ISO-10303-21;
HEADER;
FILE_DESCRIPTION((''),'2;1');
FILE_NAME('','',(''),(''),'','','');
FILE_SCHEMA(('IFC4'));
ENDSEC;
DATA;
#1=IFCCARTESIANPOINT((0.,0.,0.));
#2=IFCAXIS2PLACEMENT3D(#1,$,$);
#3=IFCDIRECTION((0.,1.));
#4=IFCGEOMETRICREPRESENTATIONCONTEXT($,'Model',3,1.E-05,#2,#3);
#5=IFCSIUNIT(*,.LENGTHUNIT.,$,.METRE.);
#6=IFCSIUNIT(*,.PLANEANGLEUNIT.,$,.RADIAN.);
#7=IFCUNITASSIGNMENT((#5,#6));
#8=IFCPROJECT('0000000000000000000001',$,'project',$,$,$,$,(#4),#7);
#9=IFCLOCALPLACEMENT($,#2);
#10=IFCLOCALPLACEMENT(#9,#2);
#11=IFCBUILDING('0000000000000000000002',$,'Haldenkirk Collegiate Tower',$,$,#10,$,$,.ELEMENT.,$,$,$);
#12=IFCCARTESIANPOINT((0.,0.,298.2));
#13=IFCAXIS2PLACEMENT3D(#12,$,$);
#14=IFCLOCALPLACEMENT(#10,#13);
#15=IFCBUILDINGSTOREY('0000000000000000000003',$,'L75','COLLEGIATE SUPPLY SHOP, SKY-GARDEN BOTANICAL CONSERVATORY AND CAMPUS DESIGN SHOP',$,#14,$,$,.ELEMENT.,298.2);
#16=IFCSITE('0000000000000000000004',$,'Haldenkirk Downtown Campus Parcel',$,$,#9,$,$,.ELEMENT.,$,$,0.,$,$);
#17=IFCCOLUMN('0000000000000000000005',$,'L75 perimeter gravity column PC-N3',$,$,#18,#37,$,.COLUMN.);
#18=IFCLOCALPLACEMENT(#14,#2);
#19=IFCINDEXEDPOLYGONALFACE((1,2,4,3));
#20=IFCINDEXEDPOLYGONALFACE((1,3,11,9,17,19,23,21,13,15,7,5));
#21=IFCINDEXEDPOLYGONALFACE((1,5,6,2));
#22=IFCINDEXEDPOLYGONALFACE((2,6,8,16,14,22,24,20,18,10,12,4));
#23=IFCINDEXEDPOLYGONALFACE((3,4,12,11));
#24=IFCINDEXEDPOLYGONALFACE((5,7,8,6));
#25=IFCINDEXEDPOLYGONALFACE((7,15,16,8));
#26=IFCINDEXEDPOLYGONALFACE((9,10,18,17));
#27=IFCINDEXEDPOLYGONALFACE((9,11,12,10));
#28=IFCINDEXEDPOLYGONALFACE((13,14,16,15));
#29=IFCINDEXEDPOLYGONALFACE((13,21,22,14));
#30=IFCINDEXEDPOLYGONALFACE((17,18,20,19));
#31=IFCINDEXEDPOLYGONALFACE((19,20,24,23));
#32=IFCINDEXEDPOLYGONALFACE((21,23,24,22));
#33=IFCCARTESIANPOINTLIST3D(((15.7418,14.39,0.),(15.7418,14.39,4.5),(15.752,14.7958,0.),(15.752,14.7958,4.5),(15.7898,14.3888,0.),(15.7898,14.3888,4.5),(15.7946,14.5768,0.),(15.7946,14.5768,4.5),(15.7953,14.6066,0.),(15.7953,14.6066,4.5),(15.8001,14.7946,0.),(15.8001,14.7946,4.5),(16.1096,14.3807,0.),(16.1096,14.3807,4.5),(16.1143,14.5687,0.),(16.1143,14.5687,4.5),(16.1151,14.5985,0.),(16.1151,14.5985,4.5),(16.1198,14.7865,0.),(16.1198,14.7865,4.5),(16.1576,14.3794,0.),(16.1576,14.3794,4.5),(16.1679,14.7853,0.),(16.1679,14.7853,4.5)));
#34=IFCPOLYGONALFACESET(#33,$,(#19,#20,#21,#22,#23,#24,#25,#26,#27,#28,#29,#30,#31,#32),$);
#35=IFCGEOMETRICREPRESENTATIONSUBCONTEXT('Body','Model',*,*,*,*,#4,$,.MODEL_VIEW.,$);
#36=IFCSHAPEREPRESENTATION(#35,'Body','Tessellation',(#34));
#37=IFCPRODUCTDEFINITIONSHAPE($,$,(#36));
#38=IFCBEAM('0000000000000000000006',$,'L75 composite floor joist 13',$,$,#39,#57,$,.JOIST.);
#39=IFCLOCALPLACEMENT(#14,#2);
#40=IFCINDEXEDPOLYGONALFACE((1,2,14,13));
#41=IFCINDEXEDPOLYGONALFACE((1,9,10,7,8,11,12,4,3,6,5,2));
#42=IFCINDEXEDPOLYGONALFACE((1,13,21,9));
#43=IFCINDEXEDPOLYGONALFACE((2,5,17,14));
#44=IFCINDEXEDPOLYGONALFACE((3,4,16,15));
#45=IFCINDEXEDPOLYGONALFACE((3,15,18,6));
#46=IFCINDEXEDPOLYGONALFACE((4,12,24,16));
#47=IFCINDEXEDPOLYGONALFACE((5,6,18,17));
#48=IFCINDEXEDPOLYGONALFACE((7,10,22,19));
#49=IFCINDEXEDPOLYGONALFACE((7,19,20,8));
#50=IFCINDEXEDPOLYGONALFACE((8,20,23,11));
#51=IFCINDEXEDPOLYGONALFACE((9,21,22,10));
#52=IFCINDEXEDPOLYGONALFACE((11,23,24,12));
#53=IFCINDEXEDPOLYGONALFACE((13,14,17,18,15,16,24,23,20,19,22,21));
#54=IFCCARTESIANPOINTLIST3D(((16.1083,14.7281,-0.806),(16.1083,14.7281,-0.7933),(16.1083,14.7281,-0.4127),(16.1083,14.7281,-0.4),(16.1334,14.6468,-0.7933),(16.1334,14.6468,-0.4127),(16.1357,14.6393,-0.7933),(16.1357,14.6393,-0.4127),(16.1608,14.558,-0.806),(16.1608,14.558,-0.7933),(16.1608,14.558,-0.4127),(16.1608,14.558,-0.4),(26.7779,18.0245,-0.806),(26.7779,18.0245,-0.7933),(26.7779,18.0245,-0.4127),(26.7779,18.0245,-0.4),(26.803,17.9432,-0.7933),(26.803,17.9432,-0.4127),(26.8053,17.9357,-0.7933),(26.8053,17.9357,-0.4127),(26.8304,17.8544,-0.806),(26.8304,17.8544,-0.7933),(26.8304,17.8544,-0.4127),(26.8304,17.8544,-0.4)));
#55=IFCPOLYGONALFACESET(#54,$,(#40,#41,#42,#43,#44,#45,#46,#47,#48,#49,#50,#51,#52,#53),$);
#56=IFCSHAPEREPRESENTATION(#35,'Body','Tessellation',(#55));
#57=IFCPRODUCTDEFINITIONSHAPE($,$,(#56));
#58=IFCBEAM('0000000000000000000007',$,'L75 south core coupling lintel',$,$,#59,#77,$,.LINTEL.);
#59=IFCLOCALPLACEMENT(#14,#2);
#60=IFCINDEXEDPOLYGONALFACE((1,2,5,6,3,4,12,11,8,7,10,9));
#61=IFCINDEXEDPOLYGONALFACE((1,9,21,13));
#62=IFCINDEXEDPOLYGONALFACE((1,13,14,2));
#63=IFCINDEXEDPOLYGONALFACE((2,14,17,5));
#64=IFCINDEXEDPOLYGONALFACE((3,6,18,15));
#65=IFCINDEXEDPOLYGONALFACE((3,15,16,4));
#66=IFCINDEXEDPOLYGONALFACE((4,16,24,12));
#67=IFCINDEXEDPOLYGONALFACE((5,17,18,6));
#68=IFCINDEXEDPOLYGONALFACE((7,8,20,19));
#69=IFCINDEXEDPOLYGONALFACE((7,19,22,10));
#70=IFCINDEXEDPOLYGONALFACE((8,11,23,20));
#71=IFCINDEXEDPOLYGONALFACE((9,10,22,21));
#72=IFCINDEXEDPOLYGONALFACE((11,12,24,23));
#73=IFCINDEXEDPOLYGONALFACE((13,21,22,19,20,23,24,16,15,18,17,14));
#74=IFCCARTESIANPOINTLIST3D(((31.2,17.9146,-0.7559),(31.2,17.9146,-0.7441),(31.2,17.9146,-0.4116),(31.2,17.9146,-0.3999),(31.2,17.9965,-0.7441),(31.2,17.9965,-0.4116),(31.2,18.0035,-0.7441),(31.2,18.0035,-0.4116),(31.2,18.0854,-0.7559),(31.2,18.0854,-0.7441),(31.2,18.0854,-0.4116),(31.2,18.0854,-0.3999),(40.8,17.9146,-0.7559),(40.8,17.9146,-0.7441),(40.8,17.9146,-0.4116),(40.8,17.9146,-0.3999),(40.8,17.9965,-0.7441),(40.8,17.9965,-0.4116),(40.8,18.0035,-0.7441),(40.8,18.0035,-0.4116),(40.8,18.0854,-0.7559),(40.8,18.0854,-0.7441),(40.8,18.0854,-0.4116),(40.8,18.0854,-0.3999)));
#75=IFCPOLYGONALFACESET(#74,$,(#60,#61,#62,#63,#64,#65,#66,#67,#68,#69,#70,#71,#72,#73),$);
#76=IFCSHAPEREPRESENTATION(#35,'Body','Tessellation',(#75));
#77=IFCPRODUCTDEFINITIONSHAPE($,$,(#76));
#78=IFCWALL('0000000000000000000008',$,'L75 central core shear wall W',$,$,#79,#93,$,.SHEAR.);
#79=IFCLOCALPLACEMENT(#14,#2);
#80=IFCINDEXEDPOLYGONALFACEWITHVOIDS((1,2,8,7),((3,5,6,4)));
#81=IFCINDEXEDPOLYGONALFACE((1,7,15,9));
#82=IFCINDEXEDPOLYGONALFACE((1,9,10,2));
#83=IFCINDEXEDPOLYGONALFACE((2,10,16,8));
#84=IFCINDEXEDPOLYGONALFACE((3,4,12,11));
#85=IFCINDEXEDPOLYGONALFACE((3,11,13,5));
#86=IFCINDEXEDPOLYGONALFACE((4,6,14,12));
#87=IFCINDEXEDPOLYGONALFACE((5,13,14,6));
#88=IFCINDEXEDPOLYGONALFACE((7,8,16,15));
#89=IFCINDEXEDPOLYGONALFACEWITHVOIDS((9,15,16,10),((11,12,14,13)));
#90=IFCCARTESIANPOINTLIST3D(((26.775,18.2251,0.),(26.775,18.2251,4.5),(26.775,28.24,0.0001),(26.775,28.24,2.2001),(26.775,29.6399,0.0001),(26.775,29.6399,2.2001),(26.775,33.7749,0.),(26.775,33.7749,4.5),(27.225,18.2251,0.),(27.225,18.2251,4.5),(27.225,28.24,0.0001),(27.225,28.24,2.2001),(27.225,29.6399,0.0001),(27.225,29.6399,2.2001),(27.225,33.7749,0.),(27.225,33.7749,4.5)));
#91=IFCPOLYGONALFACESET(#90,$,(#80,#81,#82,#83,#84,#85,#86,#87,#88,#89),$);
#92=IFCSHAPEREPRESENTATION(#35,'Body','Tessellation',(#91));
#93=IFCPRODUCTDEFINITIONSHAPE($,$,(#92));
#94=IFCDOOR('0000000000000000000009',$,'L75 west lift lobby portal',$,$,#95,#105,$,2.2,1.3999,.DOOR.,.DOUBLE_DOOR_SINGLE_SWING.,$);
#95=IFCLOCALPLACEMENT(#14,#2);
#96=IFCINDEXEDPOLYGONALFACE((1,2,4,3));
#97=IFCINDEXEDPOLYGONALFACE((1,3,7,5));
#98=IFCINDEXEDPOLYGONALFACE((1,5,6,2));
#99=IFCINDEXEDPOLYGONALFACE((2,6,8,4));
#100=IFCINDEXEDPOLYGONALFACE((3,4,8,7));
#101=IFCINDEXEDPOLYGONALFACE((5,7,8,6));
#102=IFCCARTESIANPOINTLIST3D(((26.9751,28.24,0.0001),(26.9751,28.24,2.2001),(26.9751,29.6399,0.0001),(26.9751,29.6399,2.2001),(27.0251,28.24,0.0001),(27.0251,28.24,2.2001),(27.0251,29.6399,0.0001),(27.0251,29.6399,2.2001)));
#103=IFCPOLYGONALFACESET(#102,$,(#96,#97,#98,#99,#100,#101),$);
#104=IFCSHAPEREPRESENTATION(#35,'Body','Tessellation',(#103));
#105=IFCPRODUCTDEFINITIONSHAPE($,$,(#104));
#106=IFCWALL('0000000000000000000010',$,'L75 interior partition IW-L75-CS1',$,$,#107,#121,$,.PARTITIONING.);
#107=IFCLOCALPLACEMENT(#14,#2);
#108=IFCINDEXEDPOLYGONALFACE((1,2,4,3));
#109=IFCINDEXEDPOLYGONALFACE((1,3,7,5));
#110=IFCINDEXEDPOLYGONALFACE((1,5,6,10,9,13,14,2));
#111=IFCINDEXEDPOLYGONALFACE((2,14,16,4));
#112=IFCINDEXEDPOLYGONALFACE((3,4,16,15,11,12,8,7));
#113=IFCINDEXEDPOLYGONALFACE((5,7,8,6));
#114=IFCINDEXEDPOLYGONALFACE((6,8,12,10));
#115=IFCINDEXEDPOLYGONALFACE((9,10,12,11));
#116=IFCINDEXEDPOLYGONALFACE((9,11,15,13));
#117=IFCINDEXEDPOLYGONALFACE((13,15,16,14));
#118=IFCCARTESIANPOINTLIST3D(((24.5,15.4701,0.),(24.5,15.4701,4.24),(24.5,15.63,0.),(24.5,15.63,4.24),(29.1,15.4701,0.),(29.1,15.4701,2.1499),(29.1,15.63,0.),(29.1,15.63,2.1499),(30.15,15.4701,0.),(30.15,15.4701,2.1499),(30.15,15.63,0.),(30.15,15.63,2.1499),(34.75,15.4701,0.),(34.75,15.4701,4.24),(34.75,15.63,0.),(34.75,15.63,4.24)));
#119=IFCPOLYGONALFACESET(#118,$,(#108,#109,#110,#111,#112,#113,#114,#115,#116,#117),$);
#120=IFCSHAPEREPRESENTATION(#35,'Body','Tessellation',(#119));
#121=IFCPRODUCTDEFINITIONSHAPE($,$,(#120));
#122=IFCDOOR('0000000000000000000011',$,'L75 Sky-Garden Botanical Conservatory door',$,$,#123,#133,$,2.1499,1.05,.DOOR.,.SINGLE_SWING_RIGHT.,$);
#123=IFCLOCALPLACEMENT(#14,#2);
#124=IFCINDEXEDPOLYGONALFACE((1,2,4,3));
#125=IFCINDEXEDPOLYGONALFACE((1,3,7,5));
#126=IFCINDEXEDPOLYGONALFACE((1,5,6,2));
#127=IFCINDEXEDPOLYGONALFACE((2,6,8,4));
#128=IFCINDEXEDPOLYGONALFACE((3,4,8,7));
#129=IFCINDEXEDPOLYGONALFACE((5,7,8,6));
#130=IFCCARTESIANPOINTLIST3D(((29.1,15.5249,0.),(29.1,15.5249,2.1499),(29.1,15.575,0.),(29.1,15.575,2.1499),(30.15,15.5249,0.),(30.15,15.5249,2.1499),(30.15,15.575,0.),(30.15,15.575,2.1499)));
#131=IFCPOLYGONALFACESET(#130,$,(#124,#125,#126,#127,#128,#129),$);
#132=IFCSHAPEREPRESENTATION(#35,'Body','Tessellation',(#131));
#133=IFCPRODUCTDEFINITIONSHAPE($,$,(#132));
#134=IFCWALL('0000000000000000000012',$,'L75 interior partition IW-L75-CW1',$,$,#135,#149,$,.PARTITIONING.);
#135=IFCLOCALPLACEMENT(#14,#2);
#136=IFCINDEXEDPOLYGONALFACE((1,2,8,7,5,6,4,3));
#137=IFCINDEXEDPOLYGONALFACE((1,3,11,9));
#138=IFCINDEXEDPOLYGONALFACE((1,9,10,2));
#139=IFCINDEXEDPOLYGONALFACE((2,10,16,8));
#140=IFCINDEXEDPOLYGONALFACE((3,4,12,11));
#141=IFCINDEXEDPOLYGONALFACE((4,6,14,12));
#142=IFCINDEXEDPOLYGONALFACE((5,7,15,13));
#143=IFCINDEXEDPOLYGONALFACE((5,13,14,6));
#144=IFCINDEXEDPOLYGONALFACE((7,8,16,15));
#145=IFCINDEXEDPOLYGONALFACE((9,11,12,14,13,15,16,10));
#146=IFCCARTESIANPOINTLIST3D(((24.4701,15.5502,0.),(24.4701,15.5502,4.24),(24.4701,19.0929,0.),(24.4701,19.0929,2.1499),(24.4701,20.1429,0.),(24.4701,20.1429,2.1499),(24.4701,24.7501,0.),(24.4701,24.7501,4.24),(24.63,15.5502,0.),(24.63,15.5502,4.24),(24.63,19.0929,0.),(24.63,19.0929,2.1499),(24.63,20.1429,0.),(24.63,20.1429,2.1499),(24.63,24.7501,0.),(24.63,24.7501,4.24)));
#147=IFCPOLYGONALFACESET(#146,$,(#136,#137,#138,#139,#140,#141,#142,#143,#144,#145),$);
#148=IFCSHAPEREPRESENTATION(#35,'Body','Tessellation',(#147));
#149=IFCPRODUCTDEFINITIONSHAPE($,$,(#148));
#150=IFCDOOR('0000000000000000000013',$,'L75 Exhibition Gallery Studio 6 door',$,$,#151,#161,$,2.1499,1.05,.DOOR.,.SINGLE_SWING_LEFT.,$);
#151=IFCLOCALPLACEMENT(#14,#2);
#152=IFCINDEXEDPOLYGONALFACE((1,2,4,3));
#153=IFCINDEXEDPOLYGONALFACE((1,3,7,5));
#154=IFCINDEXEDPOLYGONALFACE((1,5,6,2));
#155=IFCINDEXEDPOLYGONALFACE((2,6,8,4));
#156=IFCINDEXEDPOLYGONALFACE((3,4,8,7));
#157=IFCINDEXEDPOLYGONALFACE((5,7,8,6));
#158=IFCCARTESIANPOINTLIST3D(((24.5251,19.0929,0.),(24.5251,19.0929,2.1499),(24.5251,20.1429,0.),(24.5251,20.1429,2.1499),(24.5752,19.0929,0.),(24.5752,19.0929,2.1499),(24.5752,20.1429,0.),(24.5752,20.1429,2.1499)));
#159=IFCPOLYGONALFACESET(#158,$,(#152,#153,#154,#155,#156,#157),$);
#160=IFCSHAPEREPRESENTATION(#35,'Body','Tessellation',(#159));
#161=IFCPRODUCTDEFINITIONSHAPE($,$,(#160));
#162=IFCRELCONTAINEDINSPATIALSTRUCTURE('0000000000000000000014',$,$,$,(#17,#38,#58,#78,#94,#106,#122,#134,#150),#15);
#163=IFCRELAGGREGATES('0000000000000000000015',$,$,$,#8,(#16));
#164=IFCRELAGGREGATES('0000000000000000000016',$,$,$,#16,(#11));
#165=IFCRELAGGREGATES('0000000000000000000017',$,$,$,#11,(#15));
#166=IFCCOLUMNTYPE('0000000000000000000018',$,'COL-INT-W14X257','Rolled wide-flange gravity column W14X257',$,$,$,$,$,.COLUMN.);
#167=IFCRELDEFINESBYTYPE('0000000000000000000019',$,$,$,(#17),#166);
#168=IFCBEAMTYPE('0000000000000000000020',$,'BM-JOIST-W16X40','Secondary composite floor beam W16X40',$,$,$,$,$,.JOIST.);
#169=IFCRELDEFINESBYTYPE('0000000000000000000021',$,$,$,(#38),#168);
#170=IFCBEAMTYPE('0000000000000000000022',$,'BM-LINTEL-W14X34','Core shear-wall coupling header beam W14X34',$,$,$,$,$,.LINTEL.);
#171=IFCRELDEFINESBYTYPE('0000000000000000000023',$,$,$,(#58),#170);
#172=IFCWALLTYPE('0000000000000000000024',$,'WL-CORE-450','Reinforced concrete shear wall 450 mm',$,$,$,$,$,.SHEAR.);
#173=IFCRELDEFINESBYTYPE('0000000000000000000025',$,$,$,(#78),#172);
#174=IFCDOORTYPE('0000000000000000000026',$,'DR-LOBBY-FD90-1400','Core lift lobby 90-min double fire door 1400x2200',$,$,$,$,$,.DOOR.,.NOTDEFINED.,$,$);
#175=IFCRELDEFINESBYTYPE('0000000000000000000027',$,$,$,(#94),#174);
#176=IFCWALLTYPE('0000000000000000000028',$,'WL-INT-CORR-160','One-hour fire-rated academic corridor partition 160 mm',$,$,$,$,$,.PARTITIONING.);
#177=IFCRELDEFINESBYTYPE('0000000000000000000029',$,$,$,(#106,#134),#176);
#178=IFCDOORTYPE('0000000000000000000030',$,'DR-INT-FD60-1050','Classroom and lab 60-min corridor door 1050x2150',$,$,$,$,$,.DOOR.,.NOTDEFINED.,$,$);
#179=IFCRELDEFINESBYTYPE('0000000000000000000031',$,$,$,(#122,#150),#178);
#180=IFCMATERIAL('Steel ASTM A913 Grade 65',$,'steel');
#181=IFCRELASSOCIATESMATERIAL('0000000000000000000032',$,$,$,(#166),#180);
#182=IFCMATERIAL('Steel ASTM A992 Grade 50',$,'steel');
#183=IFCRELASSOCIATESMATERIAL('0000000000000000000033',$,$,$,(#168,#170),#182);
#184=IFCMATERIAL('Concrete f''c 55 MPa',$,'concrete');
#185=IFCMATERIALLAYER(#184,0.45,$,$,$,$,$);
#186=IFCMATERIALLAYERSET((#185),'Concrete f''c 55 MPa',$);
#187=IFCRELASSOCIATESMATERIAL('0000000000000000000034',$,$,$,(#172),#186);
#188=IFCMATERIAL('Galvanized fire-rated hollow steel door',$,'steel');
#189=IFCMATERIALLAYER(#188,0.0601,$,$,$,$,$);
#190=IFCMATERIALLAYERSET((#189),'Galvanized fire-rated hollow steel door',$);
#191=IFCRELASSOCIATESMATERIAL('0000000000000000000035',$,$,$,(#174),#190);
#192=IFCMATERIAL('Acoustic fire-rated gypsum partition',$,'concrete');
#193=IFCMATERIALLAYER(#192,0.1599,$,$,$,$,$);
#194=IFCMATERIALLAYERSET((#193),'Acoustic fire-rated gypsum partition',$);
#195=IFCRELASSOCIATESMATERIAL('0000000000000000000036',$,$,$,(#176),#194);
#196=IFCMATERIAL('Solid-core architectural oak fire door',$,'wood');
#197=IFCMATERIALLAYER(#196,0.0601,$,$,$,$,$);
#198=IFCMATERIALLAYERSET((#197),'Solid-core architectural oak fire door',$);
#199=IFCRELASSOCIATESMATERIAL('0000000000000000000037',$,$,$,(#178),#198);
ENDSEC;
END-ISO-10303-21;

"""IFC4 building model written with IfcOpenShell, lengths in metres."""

from ifc_helpers import new_model, si_unit, direction, frame, frame_2d, origin, origin_2d, place, context, subcontext, project, spatial, rectangle, i_section, extrude, material, layer, layer_set, material_profile, profile_set, type_object, element, fill, save


model = new_model("IFC4")

# Units and contexts
model_context = context("Model", 3, precision=1e-05, world=origin(), true_north=direction((0.0, 1.0)))
body_context = subcontext(model_context, "Body", "Model", "MODEL_VIEW")
ifc_project = project(units=[si_unit("LENGTHUNIT", "METRE"), si_unit("PLANEANGLEUNIT", "RADIAN")], contexts=[model_context])

# Site, building, storey
site_placement = place(None, origin())
site = spatial("IfcSite", under=ifc_project, at=site_placement, Name="Haldenkirk Downtown Campus Parcel", CompositionType="ELEMENT", RefElevation=0.0)
building_placement = place(site_placement, origin())
building = spatial("IfcBuilding", under=site, at=building_placement, Name="Haldenkirk Collegiate Tower", CompositionType="ELEMENT")
storey_placement = place(building_placement, frame((0.0, 0.0, 298.2)))
storey = spatial("IfcBuildingStorey", under=building, at=storey_placement, Name="L75", Description="COLLEGIATE SUPPLY SHOP, SKY-GARDEN BOTANICAL CONSERVATORY AND CAMPUS DESIGN SHOP", CompositionType="ELEMENT", Elevation=298.2)

# Column
ifc_material_1 = material(Name="Steel ASTM A913 Grade 65", Category="steel")
ifc_material_profile_1 = material_profile(ifc_material_1, i_section(OverallWidth=0.406, OverallDepth=0.416, WebThickness=0.0298, FlangeThickness=0.0481, at=origin_2d()), Name="W14X257")
ifc_profile_set_1 = profile_set([ifc_material_profile_1], Name="Steel ASTM A913 Grade 65")
column_type = type_object("IfcColumnType", Name="COL-INT-W14X257", Description="Rolled wide-flange gravity column W14X257", PredefinedType="COLUMN", material=ifc_profile_set_1)
column_placement = place(storey_placement, frame((15.9548, 14.5876, 0.0), z_axis=(0.0, 0.0, 1.0), x_axis=(0.025305, 0.99968, 0.0)))
element("IfcColumn", 1, at=column_placement, inside=storey, type_object=column_type, Name="L75 perimeter gravity column PC-N3", PredefinedType="COLUMN", context=body_context, shape_type="SweptSolid", body=[
    extrude(i_section(OverallWidth=0.406, OverallDepth=0.416, WebThickness=0.0298, FlangeThickness=0.0481, at=origin_2d()), origin(), (0.0, 0.0, 1.0), 4.5),
])

# Beams
ifc_material_2 = material(Name="Steel ASTM A992 Grade 50", Category="steel")
ifc_material_profile_2 = material_profile(ifc_material_2, i_section(OverallWidth=0.178, OverallDepth=0.406, WebThickness=0.0078, FlangeThickness=0.0127, at=origin_2d()), Name="W16X40")
ifc_profile_set_2 = profile_set([ifc_material_profile_2], Name="Steel ASTM A992 Grade 50")
beam_type_1 = type_object("IfcBeamType", Name="BM-JOIST-W16X40", Description="Secondary composite floor beam W16X40", PredefinedType="JOIST", material=ifc_profile_set_2)
beam_1_placement = place(storey_placement, frame((16.1345, 14.6431, -0.603), z_axis=(0.955441, 0.295183, 0.0), x_axis=(-0.295183, 0.955441, 0.0)))
element("IfcBeam", 2, at=beam_1_placement, inside=storey, type_object=beam_type_1, Name="L75 composite floor joist 13", PredefinedType="JOIST", context=body_context, shape_type="SweptSolid", body=[
    extrude(i_section(OverallWidth=0.178, OverallDepth=0.406, WebThickness=0.0078, FlangeThickness=0.0127, at=origin_2d()), origin(), (0.0, 0.0, 1.0), 11.1672),
])
ifc_material_profile_3 = material_profile(ifc_material_2, i_section(OverallWidth=0.1709, OverallDepth=0.356, WebThickness=0.0071, FlangeThickness=0.0117, at=origin_2d()), Name="W14X34")
ifc_profile_set_3 = profile_set([ifc_material_profile_3], Name="Steel ASTM A992 Grade 50")
beam_type_2 = type_object("IfcBeamType", Name="BM-LINTEL-W14X34", Description="Core shear-wall coupling header beam W14X34", PredefinedType="LINTEL", material=ifc_profile_set_3)
beam_2_placement = place(storey_placement, frame((31.2, 18.0, -0.5779), z_axis=(1.0, 0.0, 0.0), x_axis=(0.0, 1.0, 0.0)))
element("IfcBeam", 3, at=beam_2_placement, inside=storey, type_object=beam_type_2, Name="L75 south core coupling lintel", PredefinedType="LINTEL", context=body_context, shape_type="SweptSolid", body=[
    extrude(i_section(OverallWidth=0.1709, OverallDepth=0.356, WebThickness=0.0071, FlangeThickness=0.0117, at=origin_2d()), origin(), (0.0, 0.0, 1.0), 9.6001),
])

# Shared definitions
ifc_material_3 = material(Name="Concrete f'c 55 MPa", Category="concrete")
ifc_layer_1 = layer(ifc_material_3, 0.45)
ifc_layer_set_1 = layer_set([ifc_layer_1], Name="Concrete f'c 55 MPa")
wall_type_1 = type_object("IfcWallType", Name="WL-CORE-450", Description="Reinforced concrete shear wall 450 mm", PredefinedType="SHEAR", material=ifc_layer_set_1)
ifc_material_4 = material(Name="Galvanized fire-rated hollow steel door", Category="steel")

# Walls, openings, doors
wall_1_placement = place(storey_placement, frame((27.0, 18.2251, 0.0), z_axis=(0.0, 0.0, 1.0), x_axis=(0.0, 1.0, 0.0)))
wall_1 = element("IfcWall", 4, at=wall_1_placement, inside=storey, type_object=wall_type_1, Name="L75 central core shear wall W", PredefinedType="SHEAR", context=body_context, shape_type="SweptSolid", body=[
    extrude(rectangle(XDim=15.5498, YDim=0.45, at=frame_2d((7.7749, 0.0))), origin(), (0.0, 0.0, 1.0), 4.5),
])
opening_1_placement = place(wall_1_placement, frame((10.0149, 0.0, 0.0)))
opening_1 = element("IfcOpeningElement", 5, at=opening_1_placement, cuts=wall_1, PredefinedType="OPENING", context=body_context, shape_type="SweptSolid", body=[
    extrude(rectangle(XDim=1.3999, YDim=2.2, at=frame_2d((0.7, 1.1001))), frame((0.0, 0.2349, 0.0), z_axis=(0.0, -1.0, 0.0), x_axis=(1.0, 0.0, 0.0)), (0.0, 0.0, 1.0), 0.47),
])
ifc_layer_2 = layer(ifc_material_4, 0.0601)
ifc_layer_set_2 = layer_set([ifc_layer_2], Name="Galvanized fire-rated hollow steel door")
door_type_1 = type_object("IfcDoorType", Name="DR-LOBBY-FD90-1400", Description="Core lift lobby 90-min double fire door 1400x2200", OperationType="NOTDEFINED", PredefinedType="DOOR", material=ifc_layer_set_2)
door_1_placement = place(opening_1_placement, origin())
door_1 = element("IfcDoor", 6, at=door_1_placement, inside=storey, type_object=door_type_1, Name="L75 west lift lobby portal", OperationType="DOUBLE_DOOR_SINGLE_SWING", OverallHeight=2.2, OverallWidth=1.3999, PredefinedType="DOOR", context=body_context, shape_type="SweptSolid", body=[
    extrude(rectangle(XDim=1.3999, YDim=2.2, at=frame_2d((0.7, 1.1001))), frame((0.0, 0.0249, 0.0), z_axis=(0.0, -1.0, 0.0), x_axis=(1.0, 0.0, 0.0)), (0.0, 0.0, 1.0), 0.05),
])
fill(opening_1, door_1)
ifc_material_5 = material(Name="Acoustic fire-rated gypsum partition", Category="concrete")
ifc_layer_3 = layer(ifc_material_5, 0.1599)
ifc_layer_set_3 = layer_set([ifc_layer_3], Name="Acoustic fire-rated gypsum partition")
wall_type_2 = type_object("IfcWallType", Name="WL-INT-CORR-160", Description="One-hour fire-rated academic corridor partition 160 mm", PredefinedType="PARTITIONING", material=ifc_layer_set_3)
wall_2_placement = place(storey_placement, frame((24.5, 15.55, 0.0), z_axis=(0.0, 0.0, 1.0), x_axis=(1.0, 0.0, 0.0)))
wall_2 = element("IfcWall", 7, at=wall_2_placement, inside=storey, type_object=wall_type_2, Name="L75 interior partition IW-L75-CS1", PredefinedType="PARTITIONING", context=body_context, shape_type="SweptSolid", body=[
    extrude(rectangle(XDim=10.25, YDim=0.1599, at=frame_2d((5.125, 0.0))), origin(), (0.0, 0.0, 1.0), 4.24),
])
opening_2_placement = place(wall_2_placement, frame((4.6001, 0.0, 0.0)))
opening_2 = element("IfcOpeningElement", 8, at=opening_2_placement, cuts=wall_2, PredefinedType="OPENING", context=body_context, shape_type="SweptSolid", body=[
    extrude(rectangle(XDim=1.05, YDim=2.1499, at=frame_2d((0.5249, 1.075))), frame((0.0, 0.0898, 0.0), z_axis=(0.0, -1.0, 0.0), x_axis=(1.0, 0.0, 0.0)), (0.0, 0.0, 1.0), 0.1799),
])
ifc_material_6 = material(Name="Solid-core architectural oak fire door", Category="wood")
ifc_layer_4 = layer(ifc_material_6, 0.0601)
ifc_layer_set_4 = layer_set([ifc_layer_4], Name="Solid-core architectural oak fire door")
door_type_2 = type_object("IfcDoorType", Name="DR-INT-FD60-1050", Description="Classroom and lab 60-min corridor door 1050x2150", OperationType="NOTDEFINED", PredefinedType="DOOR", material=ifc_layer_set_4)
door_2_placement = place(opening_2_placement, origin())
door_2 = element("IfcDoor", 9, at=door_2_placement, inside=storey, type_object=door_type_2, Name="L75 Sky-Garden Botanical Conservatory door", OperationType="SINGLE_SWING_RIGHT", OverallHeight=2.1499, OverallWidth=1.05, PredefinedType="DOOR", context=body_context, shape_type="SweptSolid", body=[
    extrude(rectangle(XDim=1.05, YDim=2.1499, at=frame_2d((0.5249, 1.075))), frame((0.0, 0.0249, 0.0), z_axis=(0.0, -1.0, 0.0), x_axis=(1.0, 0.0, 0.0)), (0.0, 0.0, 1.0), 0.05),
])
fill(opening_2, door_2)
wall_3_placement = place(storey_placement, frame((24.55, 15.55, 0.0), z_axis=(0.0, 0.0, 1.0), x_axis=(0.0, 1.0, 0.0)))
wall_3 = element("IfcWall", 10, at=wall_3_placement, inside=storey, type_object=wall_type_2, Name="L75 interior partition IW-L75-CW1", PredefinedType="PARTITIONING", context=body_context, shape_type="SweptSolid", body=[
    extrude(rectangle(XDim=9.2, YDim=0.1599, at=frame_2d((4.6001, 0.0))), origin(), (0.0, 0.0, 1.0), 4.24),
])
opening_3_placement = place(wall_3_placement, frame((3.543, 0.0, 0.0)))
opening_3 = element("IfcOpeningElement", 11, at=opening_3_placement, cuts=wall_3, PredefinedType="OPENING", context=body_context, shape_type="SweptSolid", body=[
    extrude(rectangle(XDim=1.05, YDim=2.1499, at=frame_2d((0.5249, 1.075))), frame((0.0, 0.0898, 0.0), z_axis=(0.0, -1.0, 0.0), x_axis=(1.0, 0.0, 0.0)), (0.0, 0.0, 1.0), 0.1799),
])
door_3_placement = place(opening_3_placement, origin())
door_3 = element("IfcDoor", 12, at=door_3_placement, inside=storey, type_object=door_type_2, Name="L75 Exhibition Gallery Studio 6 door", OperationType="SINGLE_SWING_LEFT", OverallHeight=2.1499, OverallWidth=1.05, PredefinedType="DOOR", context=body_context, shape_type="SweptSolid", body=[
    extrude(rectangle(XDim=1.05, YDim=2.1499, at=frame_2d((0.5249, 1.075))), frame((0.0, 0.0249, 0.0), z_axis=(0.0, -1.0, 0.0), x_axis=(1.0, 0.0, 0.0)), (0.0, 0.0, 1.0), 0.05),
])
fill(opening_3, door_3)

save(model, "model.ifc")
